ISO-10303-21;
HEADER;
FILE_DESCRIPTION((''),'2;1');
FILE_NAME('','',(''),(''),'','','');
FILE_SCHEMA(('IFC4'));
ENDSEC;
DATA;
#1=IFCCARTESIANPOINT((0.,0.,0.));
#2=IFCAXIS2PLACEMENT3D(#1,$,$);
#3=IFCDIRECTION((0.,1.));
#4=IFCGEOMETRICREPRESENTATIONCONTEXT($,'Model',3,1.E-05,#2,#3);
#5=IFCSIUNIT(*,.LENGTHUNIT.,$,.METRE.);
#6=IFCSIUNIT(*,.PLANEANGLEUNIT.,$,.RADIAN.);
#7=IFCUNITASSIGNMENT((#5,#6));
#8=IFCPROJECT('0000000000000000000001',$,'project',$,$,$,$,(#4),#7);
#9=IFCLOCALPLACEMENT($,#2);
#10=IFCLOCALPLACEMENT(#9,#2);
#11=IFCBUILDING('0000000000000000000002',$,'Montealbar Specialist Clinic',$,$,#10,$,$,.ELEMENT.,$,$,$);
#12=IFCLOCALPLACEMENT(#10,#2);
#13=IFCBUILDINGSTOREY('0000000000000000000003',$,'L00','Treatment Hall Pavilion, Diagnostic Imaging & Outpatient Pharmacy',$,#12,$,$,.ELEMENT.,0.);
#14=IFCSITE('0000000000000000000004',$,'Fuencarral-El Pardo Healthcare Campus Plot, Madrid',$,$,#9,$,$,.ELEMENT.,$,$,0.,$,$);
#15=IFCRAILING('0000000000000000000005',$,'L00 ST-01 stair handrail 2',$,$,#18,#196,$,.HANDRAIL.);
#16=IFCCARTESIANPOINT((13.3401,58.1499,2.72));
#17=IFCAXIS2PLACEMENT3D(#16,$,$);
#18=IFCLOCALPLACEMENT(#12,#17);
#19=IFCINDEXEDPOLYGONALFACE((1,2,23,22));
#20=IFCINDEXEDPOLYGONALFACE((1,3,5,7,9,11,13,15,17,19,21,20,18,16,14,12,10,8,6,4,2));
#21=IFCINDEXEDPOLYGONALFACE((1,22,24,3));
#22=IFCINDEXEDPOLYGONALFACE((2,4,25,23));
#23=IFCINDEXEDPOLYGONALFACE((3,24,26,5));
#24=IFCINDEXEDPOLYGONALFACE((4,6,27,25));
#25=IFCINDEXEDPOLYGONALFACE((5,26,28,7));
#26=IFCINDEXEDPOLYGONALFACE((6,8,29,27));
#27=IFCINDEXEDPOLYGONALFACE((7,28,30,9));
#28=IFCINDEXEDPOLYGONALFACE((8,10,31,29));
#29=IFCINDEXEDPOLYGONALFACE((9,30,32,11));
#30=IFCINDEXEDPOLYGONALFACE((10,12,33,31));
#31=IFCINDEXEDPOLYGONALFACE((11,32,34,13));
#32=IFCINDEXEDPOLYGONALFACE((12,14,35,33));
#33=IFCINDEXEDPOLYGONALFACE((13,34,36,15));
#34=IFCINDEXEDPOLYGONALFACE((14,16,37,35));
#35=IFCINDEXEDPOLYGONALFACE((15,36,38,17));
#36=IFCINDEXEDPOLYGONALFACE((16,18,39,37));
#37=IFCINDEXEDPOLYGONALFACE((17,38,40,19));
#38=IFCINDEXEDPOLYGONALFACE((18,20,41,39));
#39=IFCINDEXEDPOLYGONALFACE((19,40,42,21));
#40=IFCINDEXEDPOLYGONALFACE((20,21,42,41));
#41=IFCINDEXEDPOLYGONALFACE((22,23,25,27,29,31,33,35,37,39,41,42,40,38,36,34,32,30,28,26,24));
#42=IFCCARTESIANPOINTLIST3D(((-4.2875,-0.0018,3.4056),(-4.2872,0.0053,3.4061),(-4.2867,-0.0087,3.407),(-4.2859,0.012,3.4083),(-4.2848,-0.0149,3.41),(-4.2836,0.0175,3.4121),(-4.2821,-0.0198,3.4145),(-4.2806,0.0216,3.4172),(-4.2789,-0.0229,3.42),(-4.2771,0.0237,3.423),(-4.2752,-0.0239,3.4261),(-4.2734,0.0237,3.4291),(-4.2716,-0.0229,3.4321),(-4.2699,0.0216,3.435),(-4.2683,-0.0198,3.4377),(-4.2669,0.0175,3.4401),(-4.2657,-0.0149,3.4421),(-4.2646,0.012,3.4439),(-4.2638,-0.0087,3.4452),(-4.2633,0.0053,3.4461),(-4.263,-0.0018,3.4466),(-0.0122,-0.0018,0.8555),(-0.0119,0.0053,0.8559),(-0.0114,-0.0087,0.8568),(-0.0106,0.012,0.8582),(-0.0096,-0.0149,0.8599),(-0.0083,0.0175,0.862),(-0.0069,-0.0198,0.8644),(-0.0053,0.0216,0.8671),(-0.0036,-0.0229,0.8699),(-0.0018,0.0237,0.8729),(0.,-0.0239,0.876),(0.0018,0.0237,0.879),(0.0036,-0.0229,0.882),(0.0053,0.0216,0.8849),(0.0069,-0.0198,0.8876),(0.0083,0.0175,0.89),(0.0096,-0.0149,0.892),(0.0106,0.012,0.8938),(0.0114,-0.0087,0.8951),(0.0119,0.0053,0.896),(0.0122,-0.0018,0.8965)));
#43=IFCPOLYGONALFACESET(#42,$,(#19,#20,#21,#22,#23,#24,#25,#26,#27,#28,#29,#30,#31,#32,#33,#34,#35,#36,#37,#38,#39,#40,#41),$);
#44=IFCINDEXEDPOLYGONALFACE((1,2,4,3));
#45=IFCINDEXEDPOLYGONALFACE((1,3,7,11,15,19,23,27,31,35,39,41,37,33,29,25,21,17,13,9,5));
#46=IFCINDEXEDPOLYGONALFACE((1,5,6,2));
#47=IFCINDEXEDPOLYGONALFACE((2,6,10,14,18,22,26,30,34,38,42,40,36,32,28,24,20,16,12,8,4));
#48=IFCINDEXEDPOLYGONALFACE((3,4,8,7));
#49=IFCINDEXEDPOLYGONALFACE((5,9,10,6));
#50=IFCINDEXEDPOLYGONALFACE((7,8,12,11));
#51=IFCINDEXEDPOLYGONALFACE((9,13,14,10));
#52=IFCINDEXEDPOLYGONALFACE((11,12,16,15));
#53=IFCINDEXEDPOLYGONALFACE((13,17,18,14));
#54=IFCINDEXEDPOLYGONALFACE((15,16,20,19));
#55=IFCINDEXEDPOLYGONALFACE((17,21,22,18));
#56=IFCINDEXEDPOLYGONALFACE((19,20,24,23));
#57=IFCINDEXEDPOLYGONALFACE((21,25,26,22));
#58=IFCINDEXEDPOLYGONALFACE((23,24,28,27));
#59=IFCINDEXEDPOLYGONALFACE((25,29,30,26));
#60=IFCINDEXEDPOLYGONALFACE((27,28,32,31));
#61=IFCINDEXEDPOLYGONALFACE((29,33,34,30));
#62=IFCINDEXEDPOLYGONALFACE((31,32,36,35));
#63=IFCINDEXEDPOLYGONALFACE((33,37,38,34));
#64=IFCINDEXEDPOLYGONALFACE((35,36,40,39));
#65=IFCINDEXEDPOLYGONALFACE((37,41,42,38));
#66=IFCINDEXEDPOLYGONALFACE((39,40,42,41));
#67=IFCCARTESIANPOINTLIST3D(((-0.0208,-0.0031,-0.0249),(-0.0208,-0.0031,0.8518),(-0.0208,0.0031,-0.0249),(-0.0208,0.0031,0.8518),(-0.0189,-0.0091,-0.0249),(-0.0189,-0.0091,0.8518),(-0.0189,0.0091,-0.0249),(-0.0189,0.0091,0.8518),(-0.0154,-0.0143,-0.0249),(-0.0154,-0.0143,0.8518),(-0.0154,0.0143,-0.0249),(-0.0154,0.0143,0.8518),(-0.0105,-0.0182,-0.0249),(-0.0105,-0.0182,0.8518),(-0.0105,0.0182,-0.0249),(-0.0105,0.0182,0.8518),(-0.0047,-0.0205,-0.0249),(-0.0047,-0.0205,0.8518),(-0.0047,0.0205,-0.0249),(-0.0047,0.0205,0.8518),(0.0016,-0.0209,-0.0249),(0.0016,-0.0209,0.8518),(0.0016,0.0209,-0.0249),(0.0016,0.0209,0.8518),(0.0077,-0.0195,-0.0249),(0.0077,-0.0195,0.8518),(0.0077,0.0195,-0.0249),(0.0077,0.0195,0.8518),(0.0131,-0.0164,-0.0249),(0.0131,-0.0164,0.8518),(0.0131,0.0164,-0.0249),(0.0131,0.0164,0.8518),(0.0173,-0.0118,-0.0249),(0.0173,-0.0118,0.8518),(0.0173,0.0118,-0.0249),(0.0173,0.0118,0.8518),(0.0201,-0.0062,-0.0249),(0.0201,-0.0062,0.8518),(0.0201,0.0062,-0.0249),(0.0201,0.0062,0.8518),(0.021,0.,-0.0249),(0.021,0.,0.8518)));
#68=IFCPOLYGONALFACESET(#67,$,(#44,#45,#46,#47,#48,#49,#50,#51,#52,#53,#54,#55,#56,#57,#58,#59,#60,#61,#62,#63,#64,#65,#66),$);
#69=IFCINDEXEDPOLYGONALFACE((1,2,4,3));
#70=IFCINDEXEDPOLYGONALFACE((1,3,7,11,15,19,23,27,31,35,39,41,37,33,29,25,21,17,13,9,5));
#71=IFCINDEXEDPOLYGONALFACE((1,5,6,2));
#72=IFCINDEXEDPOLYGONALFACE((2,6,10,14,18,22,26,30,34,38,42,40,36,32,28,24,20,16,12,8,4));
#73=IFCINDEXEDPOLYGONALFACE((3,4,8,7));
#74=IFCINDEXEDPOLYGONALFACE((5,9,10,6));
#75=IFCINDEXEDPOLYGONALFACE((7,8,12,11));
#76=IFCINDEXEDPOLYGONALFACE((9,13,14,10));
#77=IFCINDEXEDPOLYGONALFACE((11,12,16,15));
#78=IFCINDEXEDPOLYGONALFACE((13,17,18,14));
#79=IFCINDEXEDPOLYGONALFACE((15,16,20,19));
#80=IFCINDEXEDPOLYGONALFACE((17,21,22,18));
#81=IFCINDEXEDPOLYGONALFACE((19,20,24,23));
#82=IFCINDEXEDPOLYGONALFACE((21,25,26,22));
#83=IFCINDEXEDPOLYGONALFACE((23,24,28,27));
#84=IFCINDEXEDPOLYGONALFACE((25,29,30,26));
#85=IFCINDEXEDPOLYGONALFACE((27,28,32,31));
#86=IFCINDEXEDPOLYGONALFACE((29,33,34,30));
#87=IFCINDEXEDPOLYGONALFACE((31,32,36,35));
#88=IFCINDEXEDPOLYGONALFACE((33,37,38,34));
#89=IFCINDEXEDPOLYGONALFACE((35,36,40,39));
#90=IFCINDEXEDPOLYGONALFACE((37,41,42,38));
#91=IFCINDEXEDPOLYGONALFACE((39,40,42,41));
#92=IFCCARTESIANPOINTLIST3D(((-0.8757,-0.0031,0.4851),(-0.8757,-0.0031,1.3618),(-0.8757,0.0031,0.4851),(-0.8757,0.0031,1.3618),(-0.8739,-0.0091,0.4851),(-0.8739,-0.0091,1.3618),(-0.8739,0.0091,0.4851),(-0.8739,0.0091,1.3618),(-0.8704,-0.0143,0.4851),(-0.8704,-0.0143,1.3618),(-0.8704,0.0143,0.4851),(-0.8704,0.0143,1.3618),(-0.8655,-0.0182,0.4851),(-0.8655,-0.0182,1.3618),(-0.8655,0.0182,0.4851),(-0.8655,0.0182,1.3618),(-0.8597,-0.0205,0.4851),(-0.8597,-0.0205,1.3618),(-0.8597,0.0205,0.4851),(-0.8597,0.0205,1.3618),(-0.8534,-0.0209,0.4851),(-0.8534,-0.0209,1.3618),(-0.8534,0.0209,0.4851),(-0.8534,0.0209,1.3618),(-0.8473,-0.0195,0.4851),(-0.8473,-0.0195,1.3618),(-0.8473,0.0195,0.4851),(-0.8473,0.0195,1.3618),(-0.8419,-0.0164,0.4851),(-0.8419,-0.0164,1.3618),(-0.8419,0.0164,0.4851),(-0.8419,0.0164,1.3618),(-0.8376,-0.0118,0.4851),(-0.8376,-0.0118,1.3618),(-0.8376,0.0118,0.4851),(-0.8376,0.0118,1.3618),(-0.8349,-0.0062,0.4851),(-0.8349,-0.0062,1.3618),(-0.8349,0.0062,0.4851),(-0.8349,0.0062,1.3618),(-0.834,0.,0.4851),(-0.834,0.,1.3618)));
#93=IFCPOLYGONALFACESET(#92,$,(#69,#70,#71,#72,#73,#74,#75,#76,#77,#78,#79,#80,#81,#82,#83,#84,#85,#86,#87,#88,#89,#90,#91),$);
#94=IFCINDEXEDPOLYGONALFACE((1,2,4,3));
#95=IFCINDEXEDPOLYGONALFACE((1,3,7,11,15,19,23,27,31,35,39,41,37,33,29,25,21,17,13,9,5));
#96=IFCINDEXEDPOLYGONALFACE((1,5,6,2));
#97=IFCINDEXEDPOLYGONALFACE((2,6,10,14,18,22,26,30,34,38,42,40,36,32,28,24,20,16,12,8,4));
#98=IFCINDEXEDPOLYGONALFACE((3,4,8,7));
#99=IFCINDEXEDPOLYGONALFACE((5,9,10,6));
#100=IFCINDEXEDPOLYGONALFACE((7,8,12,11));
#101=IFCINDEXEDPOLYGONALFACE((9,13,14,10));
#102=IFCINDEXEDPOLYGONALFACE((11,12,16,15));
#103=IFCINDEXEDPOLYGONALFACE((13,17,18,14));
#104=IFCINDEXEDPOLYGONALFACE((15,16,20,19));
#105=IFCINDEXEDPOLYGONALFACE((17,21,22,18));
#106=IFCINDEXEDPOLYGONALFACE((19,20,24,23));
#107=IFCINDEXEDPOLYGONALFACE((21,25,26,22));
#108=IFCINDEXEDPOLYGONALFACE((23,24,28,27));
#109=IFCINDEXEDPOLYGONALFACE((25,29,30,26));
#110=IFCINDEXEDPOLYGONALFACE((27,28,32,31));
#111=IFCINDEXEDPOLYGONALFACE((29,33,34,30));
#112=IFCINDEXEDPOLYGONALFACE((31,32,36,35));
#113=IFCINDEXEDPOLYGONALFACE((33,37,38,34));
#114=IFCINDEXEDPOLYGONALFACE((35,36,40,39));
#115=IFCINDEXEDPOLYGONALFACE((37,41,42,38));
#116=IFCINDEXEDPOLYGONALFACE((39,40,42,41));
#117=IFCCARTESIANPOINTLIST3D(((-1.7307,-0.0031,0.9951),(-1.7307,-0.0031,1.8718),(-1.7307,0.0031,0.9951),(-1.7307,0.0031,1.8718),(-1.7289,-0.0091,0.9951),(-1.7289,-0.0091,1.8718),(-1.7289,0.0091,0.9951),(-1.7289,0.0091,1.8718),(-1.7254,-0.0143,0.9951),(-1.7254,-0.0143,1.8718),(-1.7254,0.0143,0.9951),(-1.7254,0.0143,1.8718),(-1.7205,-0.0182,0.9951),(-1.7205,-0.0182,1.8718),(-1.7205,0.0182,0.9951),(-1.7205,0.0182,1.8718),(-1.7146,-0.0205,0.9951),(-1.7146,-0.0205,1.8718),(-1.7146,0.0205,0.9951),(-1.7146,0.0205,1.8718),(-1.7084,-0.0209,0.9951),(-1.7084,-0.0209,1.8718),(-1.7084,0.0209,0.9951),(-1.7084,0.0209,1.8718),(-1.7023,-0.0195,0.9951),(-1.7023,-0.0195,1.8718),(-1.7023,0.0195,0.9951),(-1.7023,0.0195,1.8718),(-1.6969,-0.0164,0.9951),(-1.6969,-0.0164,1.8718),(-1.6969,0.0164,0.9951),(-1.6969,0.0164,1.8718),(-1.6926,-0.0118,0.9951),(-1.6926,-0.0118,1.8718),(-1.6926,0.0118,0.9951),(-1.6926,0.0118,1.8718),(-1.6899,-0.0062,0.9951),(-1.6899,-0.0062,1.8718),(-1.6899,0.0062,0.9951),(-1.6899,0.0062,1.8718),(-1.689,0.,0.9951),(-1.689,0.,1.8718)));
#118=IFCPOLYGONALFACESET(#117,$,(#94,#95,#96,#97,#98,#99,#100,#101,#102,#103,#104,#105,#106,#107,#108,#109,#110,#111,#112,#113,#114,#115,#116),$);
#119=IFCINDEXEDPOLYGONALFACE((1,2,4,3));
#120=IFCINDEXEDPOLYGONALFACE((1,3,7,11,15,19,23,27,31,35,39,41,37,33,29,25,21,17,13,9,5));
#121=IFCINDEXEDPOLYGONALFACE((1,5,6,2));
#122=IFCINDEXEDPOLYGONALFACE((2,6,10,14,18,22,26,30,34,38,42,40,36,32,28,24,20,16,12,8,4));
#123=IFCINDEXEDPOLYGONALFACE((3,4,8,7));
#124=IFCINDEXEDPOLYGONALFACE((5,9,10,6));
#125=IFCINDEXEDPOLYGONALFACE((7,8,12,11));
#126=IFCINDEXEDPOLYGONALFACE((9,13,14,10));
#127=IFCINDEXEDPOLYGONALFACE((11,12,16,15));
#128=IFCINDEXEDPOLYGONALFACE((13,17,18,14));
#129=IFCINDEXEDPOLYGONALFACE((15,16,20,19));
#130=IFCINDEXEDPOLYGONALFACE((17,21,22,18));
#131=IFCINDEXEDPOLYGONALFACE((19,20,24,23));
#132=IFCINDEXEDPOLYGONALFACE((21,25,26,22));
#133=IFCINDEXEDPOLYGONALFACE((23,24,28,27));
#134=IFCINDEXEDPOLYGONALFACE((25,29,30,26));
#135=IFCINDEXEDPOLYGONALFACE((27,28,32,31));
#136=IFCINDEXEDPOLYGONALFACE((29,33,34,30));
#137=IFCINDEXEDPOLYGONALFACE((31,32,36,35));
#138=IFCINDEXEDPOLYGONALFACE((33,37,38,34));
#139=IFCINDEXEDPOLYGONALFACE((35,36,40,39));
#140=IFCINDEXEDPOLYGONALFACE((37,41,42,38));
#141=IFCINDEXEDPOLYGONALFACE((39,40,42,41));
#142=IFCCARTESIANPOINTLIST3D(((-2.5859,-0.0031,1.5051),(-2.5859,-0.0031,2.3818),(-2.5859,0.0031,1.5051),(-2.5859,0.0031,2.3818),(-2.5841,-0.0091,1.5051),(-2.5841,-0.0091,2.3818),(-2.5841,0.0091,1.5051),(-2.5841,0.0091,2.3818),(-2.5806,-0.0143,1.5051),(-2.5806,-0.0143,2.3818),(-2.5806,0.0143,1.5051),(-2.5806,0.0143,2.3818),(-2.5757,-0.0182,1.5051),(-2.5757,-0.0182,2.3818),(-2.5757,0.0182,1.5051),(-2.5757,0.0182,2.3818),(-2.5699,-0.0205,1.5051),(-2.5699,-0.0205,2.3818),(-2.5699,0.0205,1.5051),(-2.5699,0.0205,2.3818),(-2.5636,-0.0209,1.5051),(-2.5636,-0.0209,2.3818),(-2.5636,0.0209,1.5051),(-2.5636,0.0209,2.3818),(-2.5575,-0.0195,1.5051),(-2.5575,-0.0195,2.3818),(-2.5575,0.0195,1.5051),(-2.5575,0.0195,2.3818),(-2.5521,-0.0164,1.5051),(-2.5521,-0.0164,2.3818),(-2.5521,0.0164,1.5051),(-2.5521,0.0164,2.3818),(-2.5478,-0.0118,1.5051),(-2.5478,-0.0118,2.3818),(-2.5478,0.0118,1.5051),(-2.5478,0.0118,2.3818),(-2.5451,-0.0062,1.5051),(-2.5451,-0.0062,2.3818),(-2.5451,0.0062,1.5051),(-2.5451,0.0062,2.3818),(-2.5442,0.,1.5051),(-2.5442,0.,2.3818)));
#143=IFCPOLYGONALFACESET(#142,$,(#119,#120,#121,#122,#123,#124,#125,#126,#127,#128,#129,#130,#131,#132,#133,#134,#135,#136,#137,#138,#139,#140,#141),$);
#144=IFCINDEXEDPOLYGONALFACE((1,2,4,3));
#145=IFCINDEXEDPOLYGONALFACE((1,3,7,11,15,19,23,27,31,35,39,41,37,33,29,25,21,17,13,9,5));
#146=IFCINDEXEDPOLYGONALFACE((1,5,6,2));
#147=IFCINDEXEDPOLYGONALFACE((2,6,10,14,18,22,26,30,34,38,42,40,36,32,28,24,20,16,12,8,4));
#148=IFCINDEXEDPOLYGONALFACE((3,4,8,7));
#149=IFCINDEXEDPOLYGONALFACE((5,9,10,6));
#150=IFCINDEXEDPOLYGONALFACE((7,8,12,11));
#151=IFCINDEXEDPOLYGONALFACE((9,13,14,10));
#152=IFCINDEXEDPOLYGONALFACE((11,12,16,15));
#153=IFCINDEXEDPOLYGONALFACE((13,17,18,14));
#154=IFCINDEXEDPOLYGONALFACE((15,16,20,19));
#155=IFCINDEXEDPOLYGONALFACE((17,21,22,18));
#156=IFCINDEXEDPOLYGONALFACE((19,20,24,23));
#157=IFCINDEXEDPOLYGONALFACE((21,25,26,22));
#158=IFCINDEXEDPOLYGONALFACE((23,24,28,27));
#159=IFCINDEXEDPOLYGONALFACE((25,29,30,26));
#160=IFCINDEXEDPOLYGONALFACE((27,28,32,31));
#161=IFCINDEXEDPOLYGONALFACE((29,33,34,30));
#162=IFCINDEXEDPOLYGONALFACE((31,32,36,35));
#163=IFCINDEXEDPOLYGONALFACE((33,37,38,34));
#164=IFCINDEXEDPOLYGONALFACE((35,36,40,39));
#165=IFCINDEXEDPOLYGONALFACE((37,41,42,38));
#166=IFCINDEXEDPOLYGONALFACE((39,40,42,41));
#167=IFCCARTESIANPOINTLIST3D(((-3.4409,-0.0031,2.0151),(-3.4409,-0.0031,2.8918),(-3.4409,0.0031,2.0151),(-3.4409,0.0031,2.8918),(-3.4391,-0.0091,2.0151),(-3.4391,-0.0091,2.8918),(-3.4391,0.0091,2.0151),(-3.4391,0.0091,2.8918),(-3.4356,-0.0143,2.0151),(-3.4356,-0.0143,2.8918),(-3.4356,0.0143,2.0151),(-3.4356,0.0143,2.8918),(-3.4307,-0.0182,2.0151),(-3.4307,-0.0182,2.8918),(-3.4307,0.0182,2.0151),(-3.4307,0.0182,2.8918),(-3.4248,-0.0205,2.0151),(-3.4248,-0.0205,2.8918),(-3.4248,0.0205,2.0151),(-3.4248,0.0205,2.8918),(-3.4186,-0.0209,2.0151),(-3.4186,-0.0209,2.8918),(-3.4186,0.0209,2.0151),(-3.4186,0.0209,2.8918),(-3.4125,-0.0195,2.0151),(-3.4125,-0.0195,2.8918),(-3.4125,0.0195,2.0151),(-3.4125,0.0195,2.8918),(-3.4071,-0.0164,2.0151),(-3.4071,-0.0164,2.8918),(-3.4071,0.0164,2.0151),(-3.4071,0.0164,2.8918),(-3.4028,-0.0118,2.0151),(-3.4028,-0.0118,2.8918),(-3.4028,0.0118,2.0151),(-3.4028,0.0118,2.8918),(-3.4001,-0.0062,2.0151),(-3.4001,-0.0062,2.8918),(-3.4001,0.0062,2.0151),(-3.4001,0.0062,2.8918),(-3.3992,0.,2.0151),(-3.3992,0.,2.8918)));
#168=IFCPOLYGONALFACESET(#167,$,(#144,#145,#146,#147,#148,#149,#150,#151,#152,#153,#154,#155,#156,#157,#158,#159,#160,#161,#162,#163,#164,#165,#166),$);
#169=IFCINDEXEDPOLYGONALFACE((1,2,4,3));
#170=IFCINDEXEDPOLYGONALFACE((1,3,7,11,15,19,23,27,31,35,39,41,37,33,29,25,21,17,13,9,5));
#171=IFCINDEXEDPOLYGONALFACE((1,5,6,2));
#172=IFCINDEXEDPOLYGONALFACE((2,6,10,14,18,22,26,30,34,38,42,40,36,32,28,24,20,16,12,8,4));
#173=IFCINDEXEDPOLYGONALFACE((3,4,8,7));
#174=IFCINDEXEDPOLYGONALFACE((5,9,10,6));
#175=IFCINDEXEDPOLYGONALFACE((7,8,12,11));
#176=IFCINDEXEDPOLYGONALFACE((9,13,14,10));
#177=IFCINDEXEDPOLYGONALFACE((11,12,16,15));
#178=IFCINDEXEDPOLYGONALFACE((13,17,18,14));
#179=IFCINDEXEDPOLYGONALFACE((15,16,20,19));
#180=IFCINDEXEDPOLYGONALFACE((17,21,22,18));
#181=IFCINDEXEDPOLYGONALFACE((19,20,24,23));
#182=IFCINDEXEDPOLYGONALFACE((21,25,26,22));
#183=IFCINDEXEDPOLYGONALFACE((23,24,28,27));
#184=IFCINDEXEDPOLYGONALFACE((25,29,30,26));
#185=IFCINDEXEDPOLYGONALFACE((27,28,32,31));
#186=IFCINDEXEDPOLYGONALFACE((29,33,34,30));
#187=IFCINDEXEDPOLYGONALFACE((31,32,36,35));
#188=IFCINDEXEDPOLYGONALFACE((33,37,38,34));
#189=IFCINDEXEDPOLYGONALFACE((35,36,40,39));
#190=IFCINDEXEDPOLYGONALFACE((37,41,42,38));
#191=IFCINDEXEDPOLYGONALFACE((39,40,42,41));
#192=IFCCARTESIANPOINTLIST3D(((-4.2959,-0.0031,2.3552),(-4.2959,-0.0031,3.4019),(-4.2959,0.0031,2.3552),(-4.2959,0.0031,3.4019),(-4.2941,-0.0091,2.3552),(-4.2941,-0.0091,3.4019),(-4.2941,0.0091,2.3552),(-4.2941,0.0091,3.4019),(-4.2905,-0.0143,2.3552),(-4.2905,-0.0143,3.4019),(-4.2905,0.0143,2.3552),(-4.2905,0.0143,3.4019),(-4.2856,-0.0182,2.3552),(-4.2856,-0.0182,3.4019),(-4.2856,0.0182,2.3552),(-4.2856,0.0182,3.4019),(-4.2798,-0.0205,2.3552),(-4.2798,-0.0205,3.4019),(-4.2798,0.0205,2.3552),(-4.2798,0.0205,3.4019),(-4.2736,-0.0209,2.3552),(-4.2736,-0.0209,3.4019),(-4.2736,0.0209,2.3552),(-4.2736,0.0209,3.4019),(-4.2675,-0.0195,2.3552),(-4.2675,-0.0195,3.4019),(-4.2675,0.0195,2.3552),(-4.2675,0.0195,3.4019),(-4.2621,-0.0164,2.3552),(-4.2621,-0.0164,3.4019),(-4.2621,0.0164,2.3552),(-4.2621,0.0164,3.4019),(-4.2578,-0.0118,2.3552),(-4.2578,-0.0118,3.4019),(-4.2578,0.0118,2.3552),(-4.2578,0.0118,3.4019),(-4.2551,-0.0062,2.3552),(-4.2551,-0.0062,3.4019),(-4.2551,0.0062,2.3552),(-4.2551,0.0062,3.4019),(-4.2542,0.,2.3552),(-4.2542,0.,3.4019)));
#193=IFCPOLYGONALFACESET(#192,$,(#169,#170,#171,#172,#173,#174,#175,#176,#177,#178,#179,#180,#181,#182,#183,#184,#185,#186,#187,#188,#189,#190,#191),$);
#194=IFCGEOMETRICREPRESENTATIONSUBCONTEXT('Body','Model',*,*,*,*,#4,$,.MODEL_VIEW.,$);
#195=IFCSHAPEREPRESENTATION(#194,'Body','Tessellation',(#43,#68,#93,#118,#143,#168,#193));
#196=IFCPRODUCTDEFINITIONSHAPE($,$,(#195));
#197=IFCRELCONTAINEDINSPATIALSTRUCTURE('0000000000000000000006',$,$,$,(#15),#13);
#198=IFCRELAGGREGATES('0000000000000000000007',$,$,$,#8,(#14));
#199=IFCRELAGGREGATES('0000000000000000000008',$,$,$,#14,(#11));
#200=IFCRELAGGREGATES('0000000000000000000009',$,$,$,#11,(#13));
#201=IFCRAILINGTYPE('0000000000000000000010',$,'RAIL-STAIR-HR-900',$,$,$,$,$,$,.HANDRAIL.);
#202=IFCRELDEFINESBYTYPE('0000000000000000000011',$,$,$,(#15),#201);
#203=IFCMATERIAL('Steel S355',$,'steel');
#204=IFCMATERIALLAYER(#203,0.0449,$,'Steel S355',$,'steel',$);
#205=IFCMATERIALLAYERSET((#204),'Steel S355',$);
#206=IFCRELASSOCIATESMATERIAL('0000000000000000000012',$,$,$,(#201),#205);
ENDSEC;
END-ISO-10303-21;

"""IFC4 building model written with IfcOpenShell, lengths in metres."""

from ifc_helpers import new_model, si_unit, direction, frame, origin, origin_2d, place, context, subcontext, project, spatial, circle, extrude, material, layer, layer_set, type_object, element, save


model = new_model("IFC4")

# Units and contexts
model_context = context("Model", 3, precision=1e-05, world=origin(), true_north=direction((0.0, 1.0)))
body_context = subcontext(model_context, "Body", "Model", "MODEL_VIEW")
ifc_project = project(units=[si_unit("LENGTHUNIT", "METRE"), si_unit("PLANEANGLEUNIT", "RADIAN")], contexts=[model_context])

# Site, building, storey
site_placement = place(None, origin())
site = spatial("IfcSite", under=ifc_project, at=site_placement, Name="Fuencarral-El Pardo Healthcare Campus Plot, Madrid", CompositionType="ELEMENT", RefElevation=0.0)
building_placement = place(site_placement, origin())
building = spatial("IfcBuilding", under=site, at=building_placement, Name="Montealbar Specialist Clinic", CompositionType="ELEMENT")
storey_placement = place(building_placement, origin())
storey = spatial("IfcBuildingStorey", under=building, at=storey_placement, Name="L00", Description="Treatment Hall Pavilion, Diagnostic Imaging & Outpatient Pharmacy", CompositionType="ELEMENT", Elevation=0.0)

# Shared definitions
ifc_material_1 = material(Name="Steel S355", Category="steel")

# Railing
ifc_layer_1 = layer(ifc_material_1, 0.0449, Name="Steel S355", Category="steel")
ifc_layer_set_1 = layer_set([ifc_layer_1], Name="Steel S355")
railing_type_1 = type_object("IfcRailingType", Name="RAIL-STAIR-HR-900", PredefinedType="HANDRAIL", material=ifc_layer_set_1)
railing_1_placement = place(storey_placement, frame((13.3401, 58.1499, 2.72)))
element("IfcRailing", 1, at=railing_1_placement, inside=storey, type_object=railing_type_1, Name="L00 ST-01 stair handrail 2", PredefinedType="HANDRAIL", context=body_context, shape_type="SweptSolid", body=[
    extrude(circle(Radius=0.0239, at=origin_2d()), frame((0.0, 0.0, 0.876), z_axis=(-0.858823, 0.0, 0.512273), x_axis=(0.0, -1.0, 0.0)), (0.0, 0.0, 1.0), 4.978),
    extrude(circle(Radius=0.021, at=origin_2d()), frame((0.0, 0.0, -0.0249)), (0.0, 0.0, 1.0), 0.8767),
    extrude(circle(Radius=0.021, at=origin_2d()), frame((-0.855, 0.0, 0.4851)), (0.0, 0.0, 1.0), 0.8767),
    extrude(circle(Radius=0.021, at=origin_2d()), frame((-1.71, 0.0, 0.9951)), (0.0, 0.0, 1.0), 0.8767),
    extrude(circle(Radius=0.021, at=origin_2d()), frame((-2.5652, 0.0, 1.5051)), (0.0, 0.0, 1.0), 0.8767),
    extrude(circle(Radius=0.021, at=origin_2d()), frame((-3.4202, 0.0, 2.0151)), (0.0, 0.0, 1.0), 0.8767),
    extrude(circle(Radius=0.021, at=origin_2d()), frame((-4.2751, 0.0, 2.3552)), (0.0, 0.0, 1.0), 1.0466),
])

save(model, "model.ifc")
